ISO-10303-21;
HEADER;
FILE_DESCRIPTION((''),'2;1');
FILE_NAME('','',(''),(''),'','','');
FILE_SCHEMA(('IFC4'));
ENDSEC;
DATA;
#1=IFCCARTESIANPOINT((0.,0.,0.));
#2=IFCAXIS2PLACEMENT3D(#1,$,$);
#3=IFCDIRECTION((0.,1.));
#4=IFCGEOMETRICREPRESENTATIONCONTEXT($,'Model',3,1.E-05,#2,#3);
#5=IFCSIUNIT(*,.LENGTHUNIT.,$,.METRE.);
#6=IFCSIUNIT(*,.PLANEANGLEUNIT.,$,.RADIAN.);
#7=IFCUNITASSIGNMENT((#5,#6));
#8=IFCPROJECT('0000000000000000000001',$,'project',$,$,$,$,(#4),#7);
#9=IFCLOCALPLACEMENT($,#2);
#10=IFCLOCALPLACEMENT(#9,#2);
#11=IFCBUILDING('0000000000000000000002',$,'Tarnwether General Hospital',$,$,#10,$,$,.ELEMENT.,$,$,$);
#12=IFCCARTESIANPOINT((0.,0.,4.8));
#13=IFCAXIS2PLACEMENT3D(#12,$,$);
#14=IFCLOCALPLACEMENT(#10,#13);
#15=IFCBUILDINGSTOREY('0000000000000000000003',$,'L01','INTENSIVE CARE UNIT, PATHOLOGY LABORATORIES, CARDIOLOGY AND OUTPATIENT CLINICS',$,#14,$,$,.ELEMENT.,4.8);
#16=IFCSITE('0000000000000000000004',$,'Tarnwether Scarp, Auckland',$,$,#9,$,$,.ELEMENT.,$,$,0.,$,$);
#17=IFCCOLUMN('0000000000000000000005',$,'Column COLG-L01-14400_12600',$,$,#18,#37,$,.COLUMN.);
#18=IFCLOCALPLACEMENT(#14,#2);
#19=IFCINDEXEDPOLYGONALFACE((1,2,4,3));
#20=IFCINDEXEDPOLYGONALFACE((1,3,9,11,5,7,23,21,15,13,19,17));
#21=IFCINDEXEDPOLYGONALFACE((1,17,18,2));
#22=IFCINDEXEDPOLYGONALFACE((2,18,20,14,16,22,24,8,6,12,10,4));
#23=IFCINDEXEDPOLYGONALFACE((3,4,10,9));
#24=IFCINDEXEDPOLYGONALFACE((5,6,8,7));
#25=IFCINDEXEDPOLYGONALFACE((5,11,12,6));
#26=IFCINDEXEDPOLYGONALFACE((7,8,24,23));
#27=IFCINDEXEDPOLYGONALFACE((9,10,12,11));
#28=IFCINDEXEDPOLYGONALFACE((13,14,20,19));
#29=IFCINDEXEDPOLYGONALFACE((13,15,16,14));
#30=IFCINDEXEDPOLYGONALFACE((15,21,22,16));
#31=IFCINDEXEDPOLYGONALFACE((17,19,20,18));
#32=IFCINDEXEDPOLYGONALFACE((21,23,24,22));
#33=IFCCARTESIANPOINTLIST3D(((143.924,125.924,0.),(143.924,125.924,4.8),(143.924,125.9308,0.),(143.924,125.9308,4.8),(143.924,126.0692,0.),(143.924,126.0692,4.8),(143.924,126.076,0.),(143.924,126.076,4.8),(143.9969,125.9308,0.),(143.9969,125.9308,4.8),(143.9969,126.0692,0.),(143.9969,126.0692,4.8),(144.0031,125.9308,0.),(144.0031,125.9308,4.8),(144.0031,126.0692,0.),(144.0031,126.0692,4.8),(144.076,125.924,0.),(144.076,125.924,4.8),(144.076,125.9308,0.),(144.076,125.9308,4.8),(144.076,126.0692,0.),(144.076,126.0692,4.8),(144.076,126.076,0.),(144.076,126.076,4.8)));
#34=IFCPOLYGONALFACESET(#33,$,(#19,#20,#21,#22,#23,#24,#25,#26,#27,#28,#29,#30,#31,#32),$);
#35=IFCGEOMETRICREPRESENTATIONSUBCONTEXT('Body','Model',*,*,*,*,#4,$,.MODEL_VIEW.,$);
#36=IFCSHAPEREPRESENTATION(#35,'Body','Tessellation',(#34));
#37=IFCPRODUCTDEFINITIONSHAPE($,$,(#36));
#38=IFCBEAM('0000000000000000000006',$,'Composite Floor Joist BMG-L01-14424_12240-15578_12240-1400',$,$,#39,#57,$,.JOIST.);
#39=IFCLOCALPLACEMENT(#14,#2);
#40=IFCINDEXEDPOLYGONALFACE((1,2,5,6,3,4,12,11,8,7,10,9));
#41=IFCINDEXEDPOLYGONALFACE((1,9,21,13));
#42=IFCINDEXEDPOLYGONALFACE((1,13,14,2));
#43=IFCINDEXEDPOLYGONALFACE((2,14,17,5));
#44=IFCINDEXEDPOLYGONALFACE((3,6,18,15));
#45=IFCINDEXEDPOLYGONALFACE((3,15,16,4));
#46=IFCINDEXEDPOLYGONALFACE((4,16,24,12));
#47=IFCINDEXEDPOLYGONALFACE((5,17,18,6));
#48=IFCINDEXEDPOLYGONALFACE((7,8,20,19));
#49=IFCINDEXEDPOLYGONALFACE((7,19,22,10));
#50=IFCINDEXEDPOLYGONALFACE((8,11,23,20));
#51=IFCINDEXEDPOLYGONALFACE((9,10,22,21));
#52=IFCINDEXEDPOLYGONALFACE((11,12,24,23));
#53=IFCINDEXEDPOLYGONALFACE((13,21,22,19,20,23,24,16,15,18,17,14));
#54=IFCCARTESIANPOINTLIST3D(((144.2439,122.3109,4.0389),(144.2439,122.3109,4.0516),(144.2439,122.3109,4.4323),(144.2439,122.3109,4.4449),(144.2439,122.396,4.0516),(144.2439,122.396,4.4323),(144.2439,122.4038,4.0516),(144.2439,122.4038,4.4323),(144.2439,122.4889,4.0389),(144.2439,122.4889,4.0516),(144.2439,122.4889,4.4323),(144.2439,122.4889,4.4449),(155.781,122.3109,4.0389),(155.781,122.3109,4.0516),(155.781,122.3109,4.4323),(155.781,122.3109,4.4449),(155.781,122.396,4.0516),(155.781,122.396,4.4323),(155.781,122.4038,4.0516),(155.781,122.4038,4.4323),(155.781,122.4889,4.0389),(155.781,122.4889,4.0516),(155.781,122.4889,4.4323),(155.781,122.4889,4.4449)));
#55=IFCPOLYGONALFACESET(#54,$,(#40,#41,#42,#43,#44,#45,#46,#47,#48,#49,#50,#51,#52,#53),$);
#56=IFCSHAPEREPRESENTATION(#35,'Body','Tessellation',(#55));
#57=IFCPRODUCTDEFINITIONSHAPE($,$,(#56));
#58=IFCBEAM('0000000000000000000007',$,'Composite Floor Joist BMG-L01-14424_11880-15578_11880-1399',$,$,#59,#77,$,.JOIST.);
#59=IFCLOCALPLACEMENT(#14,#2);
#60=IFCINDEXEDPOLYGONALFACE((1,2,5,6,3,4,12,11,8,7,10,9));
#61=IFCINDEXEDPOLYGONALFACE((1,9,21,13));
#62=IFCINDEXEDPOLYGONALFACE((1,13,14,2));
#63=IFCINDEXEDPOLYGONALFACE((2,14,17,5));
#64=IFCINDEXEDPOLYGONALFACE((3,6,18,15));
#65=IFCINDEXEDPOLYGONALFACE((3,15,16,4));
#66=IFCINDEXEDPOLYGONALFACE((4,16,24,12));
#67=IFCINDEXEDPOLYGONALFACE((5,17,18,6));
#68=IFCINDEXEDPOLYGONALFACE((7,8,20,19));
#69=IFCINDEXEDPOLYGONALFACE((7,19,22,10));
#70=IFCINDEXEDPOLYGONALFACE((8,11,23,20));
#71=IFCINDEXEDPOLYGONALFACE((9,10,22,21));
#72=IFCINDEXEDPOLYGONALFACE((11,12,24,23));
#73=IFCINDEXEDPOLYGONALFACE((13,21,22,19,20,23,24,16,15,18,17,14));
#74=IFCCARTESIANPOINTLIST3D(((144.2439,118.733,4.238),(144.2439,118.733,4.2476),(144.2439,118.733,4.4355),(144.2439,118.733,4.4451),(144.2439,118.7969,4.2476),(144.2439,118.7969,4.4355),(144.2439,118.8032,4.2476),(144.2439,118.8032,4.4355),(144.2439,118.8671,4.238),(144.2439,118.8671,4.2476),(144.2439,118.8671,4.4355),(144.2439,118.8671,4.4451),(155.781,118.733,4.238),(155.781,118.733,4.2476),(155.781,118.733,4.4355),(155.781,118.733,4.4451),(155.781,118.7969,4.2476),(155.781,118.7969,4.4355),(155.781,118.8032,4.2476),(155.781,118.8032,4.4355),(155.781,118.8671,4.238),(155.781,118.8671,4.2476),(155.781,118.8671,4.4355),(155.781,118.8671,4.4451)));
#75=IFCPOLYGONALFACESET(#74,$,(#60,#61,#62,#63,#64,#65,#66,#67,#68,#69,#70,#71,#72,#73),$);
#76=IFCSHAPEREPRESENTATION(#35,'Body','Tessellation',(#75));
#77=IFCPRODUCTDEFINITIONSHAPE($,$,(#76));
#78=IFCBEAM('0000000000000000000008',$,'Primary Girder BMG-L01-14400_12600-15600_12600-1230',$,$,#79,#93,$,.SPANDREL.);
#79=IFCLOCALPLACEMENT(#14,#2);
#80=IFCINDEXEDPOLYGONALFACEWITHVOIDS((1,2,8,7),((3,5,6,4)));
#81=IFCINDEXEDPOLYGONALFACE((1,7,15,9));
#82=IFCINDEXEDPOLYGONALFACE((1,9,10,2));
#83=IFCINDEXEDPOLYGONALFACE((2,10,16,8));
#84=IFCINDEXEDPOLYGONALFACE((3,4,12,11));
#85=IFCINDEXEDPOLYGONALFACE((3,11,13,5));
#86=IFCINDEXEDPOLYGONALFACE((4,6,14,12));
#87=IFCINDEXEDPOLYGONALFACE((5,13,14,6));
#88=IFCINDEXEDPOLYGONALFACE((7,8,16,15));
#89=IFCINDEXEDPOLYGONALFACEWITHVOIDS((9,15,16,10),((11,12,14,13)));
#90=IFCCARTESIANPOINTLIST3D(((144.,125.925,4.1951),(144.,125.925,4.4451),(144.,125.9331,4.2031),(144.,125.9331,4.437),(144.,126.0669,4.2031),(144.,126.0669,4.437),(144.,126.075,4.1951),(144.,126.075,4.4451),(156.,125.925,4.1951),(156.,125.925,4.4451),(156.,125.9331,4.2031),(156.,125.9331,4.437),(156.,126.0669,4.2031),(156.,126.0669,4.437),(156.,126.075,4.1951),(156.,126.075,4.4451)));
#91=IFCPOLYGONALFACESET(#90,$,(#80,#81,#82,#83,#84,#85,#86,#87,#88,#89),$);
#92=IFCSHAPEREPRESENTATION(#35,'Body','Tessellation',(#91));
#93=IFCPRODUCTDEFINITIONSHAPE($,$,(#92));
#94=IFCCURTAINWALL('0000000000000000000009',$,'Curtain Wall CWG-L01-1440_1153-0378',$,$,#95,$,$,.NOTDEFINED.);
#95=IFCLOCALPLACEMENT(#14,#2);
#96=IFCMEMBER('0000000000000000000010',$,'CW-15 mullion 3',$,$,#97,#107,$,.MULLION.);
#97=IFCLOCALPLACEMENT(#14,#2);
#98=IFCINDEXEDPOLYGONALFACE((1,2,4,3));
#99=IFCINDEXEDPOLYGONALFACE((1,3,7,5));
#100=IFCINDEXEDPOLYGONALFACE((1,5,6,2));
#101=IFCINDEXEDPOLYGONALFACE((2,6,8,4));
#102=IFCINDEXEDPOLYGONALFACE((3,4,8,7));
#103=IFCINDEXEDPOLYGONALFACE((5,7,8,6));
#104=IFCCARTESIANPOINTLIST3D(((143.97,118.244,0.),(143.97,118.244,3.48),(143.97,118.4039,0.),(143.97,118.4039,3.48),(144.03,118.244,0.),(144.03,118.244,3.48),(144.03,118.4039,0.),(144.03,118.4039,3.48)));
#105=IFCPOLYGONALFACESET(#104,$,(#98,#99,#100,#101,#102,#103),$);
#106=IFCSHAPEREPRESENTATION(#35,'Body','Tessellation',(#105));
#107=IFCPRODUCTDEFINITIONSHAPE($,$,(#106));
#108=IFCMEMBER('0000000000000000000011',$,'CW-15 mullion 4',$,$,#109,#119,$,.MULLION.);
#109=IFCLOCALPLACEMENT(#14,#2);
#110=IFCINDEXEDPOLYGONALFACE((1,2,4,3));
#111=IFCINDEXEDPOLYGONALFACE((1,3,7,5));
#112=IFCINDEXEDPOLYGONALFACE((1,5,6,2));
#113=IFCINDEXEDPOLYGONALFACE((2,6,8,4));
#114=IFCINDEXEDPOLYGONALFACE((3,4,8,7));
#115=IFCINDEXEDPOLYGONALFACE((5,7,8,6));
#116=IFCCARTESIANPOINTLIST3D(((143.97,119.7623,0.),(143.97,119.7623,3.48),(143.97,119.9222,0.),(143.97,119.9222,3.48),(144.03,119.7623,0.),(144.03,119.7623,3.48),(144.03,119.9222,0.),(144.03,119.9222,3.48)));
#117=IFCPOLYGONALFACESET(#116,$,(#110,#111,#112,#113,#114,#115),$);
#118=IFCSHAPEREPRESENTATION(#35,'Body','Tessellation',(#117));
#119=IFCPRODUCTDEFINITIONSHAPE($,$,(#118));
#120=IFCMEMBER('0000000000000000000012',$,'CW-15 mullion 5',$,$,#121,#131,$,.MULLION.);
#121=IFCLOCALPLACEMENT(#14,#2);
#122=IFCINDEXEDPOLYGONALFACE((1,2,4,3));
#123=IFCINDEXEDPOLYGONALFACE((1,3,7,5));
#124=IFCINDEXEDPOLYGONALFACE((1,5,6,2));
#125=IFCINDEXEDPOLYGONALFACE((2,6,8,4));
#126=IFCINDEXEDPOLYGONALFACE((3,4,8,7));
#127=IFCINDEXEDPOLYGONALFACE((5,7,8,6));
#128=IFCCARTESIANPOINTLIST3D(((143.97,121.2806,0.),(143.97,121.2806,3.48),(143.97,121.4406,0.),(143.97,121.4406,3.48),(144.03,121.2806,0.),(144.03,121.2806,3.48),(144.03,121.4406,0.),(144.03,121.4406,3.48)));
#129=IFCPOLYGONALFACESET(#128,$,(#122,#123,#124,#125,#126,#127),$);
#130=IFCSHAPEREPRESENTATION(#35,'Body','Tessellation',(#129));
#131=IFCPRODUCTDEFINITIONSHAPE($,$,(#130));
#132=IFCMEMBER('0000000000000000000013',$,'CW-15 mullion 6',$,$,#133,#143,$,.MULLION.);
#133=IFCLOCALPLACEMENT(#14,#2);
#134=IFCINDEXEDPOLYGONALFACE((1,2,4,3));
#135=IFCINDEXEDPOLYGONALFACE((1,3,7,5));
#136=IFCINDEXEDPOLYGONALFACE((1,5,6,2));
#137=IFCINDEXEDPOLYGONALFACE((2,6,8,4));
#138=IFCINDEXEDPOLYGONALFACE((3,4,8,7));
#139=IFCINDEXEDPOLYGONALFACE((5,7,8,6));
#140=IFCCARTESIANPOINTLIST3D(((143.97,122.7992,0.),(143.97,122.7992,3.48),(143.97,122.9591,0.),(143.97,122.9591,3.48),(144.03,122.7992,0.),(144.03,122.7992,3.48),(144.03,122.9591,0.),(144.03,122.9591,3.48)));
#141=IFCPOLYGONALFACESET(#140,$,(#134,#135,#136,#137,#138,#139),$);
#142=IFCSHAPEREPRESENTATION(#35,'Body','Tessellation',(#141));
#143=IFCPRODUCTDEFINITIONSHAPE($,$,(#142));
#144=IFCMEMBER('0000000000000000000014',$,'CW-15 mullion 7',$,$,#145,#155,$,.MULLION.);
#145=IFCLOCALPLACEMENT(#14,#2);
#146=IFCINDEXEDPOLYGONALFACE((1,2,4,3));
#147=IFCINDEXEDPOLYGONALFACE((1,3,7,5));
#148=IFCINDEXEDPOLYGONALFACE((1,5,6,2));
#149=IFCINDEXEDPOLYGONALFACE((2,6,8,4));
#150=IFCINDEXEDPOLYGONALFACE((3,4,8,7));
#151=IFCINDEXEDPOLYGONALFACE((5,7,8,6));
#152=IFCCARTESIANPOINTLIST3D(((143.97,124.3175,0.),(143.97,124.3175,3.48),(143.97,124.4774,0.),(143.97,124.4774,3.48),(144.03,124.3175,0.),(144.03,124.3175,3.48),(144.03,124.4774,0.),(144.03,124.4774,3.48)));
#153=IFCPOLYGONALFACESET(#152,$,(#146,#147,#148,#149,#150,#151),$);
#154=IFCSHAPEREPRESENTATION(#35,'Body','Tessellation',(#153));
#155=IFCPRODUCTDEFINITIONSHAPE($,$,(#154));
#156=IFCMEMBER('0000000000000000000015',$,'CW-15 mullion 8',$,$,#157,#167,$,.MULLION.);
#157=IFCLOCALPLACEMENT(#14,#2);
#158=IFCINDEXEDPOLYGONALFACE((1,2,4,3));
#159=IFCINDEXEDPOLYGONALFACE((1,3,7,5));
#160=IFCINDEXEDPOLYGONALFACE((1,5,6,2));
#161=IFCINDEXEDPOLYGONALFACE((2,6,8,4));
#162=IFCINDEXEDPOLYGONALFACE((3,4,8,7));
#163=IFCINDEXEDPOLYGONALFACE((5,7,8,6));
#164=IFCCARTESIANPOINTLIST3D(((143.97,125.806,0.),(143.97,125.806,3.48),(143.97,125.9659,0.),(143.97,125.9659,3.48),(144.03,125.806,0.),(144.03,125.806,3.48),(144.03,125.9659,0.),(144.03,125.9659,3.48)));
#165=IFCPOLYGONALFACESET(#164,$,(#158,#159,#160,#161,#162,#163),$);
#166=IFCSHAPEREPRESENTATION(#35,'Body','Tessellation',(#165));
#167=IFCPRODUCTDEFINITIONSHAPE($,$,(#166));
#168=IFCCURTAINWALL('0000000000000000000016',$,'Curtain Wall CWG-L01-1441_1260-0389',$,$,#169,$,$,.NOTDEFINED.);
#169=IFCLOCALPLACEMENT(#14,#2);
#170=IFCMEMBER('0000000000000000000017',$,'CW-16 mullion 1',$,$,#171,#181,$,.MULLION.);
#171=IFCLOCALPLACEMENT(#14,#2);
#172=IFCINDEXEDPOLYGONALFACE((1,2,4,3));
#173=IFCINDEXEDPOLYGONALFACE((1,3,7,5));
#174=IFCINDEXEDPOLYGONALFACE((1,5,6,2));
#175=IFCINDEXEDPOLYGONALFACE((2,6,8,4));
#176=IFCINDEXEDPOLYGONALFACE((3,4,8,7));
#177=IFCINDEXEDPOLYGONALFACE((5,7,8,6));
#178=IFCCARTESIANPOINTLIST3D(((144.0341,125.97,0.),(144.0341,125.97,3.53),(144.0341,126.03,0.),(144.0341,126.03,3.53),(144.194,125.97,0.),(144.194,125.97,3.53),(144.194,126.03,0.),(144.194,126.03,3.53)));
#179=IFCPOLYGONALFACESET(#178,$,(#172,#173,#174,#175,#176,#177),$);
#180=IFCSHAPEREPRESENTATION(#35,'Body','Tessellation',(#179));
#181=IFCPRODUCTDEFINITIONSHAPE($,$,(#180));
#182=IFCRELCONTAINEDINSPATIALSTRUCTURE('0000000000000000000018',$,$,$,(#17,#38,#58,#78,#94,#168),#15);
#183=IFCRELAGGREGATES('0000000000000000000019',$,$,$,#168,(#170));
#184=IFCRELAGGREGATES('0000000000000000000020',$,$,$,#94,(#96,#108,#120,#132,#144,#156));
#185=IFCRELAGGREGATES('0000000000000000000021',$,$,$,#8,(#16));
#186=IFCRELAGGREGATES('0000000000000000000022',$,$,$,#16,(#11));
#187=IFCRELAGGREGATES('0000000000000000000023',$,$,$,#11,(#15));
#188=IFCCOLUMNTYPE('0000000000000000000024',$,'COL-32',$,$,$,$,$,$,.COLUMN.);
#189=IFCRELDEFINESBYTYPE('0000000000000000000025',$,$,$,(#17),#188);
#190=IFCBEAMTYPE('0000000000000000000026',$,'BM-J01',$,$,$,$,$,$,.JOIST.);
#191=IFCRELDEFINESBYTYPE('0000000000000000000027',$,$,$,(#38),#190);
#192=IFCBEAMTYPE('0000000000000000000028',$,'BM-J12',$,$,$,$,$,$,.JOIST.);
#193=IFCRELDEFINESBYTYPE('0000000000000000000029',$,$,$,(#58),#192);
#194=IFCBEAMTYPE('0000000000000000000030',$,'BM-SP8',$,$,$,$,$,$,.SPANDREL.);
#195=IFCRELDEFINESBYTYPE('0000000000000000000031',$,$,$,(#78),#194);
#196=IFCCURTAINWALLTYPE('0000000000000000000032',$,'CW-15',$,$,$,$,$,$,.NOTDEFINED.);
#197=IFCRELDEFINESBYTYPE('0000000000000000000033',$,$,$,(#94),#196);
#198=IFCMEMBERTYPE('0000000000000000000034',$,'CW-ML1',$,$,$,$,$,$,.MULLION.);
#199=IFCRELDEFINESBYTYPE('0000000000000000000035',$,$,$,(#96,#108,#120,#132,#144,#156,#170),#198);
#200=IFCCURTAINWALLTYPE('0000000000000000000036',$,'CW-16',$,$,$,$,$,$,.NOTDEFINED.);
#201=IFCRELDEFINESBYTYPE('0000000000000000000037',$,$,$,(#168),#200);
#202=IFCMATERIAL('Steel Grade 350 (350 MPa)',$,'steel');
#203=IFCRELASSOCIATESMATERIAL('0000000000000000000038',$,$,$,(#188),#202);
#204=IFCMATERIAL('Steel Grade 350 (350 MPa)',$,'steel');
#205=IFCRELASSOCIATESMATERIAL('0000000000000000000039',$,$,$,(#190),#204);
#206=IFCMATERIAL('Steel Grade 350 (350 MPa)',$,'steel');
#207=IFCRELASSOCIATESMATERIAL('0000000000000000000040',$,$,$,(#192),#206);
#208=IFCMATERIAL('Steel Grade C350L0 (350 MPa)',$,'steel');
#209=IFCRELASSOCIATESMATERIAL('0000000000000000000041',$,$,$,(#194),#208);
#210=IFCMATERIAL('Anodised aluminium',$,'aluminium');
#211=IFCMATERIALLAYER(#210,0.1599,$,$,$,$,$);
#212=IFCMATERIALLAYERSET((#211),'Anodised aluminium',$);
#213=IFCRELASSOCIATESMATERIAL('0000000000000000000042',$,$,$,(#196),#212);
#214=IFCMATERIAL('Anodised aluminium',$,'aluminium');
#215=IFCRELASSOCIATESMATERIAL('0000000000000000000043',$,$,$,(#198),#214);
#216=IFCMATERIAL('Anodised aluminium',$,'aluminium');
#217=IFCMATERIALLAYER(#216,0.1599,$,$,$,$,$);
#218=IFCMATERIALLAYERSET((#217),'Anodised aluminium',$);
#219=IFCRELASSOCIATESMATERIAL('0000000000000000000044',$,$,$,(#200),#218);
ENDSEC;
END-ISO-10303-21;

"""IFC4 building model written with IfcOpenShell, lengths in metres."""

from ifc_helpers import new_model, si_unit, direction, frame, origin, origin_2d, place, context, subcontext, project, spatial, rectangle, hollow_rectangle, i_section, extrude, material, layer, layer_set, material_profile, profile_set, type_object, element, aggregate, save


model = new_model("IFC4")

# Units and contexts
model_context = context("Model", 3, precision=1e-05, world=origin(), true_north=direction((0.0, 1.0)))
body_context = subcontext(model_context, "Body", "Model", "MODEL_VIEW")
ifc_project = project(units=[si_unit("LENGTHUNIT", "METRE"), si_unit("PLANEANGLEUNIT", "RADIAN")], contexts=[model_context])

# Site, building, storey
site_placement = place(None, origin())
site = spatial("IfcSite", under=ifc_project, at=site_placement, Name="Tarnwether Scarp, Auckland", CompositionType="ELEMENT", RefElevation=0.0)
building_placement = place(site_placement, origin())
building = spatial("IfcBuilding", under=site, at=building_placement, Name="Tarnwether General Hospital", CompositionType="ELEMENT")
storey_placement = place(building_placement, frame((0.0, 0.0, 4.8)))
storey = spatial("IfcBuildingStorey", under=building, at=storey_placement, Name="L01", Description="INTENSIVE CARE UNIT, PATHOLOGY LABORATORIES, CARDIOLOGY AND OUTPATIENT CLINICS", CompositionType="ELEMENT", Elevation=4.8)

# Column
ifc_material_1 = material(Name="Steel Grade 350 (350 MPa)", Category="steel")
ifc_material_profile_1 = material_profile(ifc_material_1, i_section(OverallWidth=0.1521, OverallDepth=0.1521, WebThickness=0.0061, FlangeThickness=0.0068, at=origin_2d()), Name="150UC23.4")
ifc_profile_set_1 = profile_set([ifc_material_profile_1], Name="Steel Grade 350 (350 MPa)")
column_type = type_object("IfcColumnType", Name="COL-32", PredefinedType="COLUMN", material=ifc_profile_set_1)
column_placement = place(storey_placement, frame((144.0, 126.0, 0.0), z_axis=(0.0, 0.0, 1.0), x_axis=(1.0, 0.0, 0.0)))
element("IfcColumn", 1, at=column_placement, inside=storey, type_object=column_type, Name="Column COLG-L01-14400_12600", PredefinedType="COLUMN", context=body_context, shape_type="SweptSolid", body=[
    extrude(i_section(OverallWidth=0.1521, OverallDepth=0.1521, WebThickness=0.0061, FlangeThickness=0.0068, at=origin_2d()), origin(), (0.0, 0.0, 1.0), 4.8),
])

# Beams
ifc_material_2 = material(Name="Steel Grade 350 (350 MPa)", Category="steel")
ifc_material_profile_2 = material_profile(ifc_material_2, i_section(OverallWidth=0.178, OverallDepth=0.406, WebThickness=0.0078, FlangeThickness=0.0127, at=origin_2d()), Name="410UB59.7")
ifc_profile_set_2 = profile_set([ifc_material_profile_2], Name="Steel Grade 350 (350 MPa)")
beam_type_1 = type_object("IfcBeamType", Name="BM-J01", PredefinedType="JOIST", material=ifc_profile_set_2)
beam_1_placement = place(storey_placement, frame((144.2439, 122.3999, 4.2419), z_axis=(1.0, 0.0, 0.0), x_axis=(0.0, 1.0, 0.0)))
element("IfcBeam", 2, at=beam_1_placement, inside=storey, type_object=beam_type_1, Name="Composite Floor Joist BMG-L01-14424_12240-15578_12240-1400", PredefinedType="JOIST", context=body_context, shape_type="SweptSolid", body=[
    extrude(i_section(OverallWidth=0.178, OverallDepth=0.406, WebThickness=0.0078, FlangeThickness=0.0127, at=origin_2d()), origin(), (0.0, 0.0, 1.0), 11.5371),
])
ifc_material_3 = material(Name="Steel Grade 350 (350 MPa)", Category="steel")
ifc_material_profile_3 = material_profile(ifc_material_3, i_section(OverallWidth=0.134, OverallDepth=0.207, WebThickness=0.0063, FlangeThickness=0.0095, at=origin_2d()), Name="200UB29.8")
ifc_profile_set_3 = profile_set([ifc_material_profile_3], Name="Steel Grade 350 (350 MPa)")
beam_type_2 = type_object("IfcBeamType", Name="BM-J12", PredefinedType="JOIST", material=ifc_profile_set_3)
beam_2_placement = place(storey_placement, frame((144.2439, 118.8, 4.3416), z_axis=(1.0, 0.0, 0.0), x_axis=(0.0, 1.0, 0.0)))
element("IfcBeam", 3, at=beam_2_placement, inside=storey, type_object=beam_type_2, Name="Composite Floor Joist BMG-L01-14424_11880-15578_11880-1399", PredefinedType="JOIST", context=body_context, shape_type="SweptSolid", body=[
    extrude(i_section(OverallWidth=0.134, OverallDepth=0.207, WebThickness=0.0063, FlangeThickness=0.0095, at=origin_2d()), origin(), (0.0, 0.0, 1.0), 11.5371),
])
ifc_material_4 = material(Name="Steel Grade C350L0 (350 MPa)", Category="steel")
ifc_material_profile_4 = material_profile(ifc_material_4, hollow_rectangle(XDim=0.1499, YDim=0.25, WallThickness=0.0081, at=origin_2d()), Name="RHS250x150x8")
ifc_profile_set_4 = profile_set([ifc_material_profile_4], Name="Steel Grade C350L0 (350 MPa)")
beam_type_3 = type_object("IfcBeamType", Name="BM-SP8", PredefinedType="SPANDREL", material=ifc_profile_set_4)
beam_3_placement = place(storey_placement, frame((144.0, 126.0, 4.3201), z_axis=(1.0, 0.0, 0.0), x_axis=(0.0, 1.0, 0.0)))
element("IfcBeam", 4, at=beam_3_placement, inside=storey, type_object=beam_type_3, Name="Primary Girder BMG-L01-14400_12600-15600_12600-1230", PredefinedType="SPANDREL", context=body_context, shape_type="SweptSolid", body=[
    extrude(hollow_rectangle(XDim=0.1499, YDim=0.25, WallThickness=0.0081, at=origin_2d()), origin(), (0.0, 0.0, 1.0), 12.0),
])

# Curtain wall, members
ifc_material_5 = material(Name="Anodised aluminium", Category="aluminium")
ifc_layer_1 = layer(ifc_material_5, 0.1599)
ifc_layer_set_1 = layer_set([ifc_layer_1], Name="Anodised aluminium")
curtain_wall_type_1 = type_object("IfcCurtainWallType", Name="CW-15", PredefinedType="NOTDEFINED", material=ifc_layer_set_1)
curtain_wall_1_placement = place(storey_placement, origin())
curtain_wall_1 = element("IfcCurtainWall", 5, at=curtain_wall_1_placement, inside=storey, type_object=curtain_wall_type_1, Name="Curtain Wall CWG-L01-1440_1153-0378", PredefinedType="NOTDEFINED")
ifc_material_6 = material(Name="Anodised aluminium", Category="aluminium")
ifc_material_profile_5 = material_profile(ifc_material_6, rectangle(XDim=0.0601, YDim=0.1599, at=origin_2d()), Name="ALU-MUL-60x160")
ifc_profile_set_5 = profile_set([ifc_material_profile_5], Name="Anodised aluminium")
member_type_1 = type_object("IfcMemberType", Name="CW-ML1", PredefinedType="MULLION", material=ifc_profile_set_5)
member_1_placement = place(storey_placement, frame((144.0, 118.324, 0.0), z_axis=(0.0, 0.0, 1.0), x_axis=(-1.0, 0.0, 0.0)))
member_1 = element("IfcMember", 6, at=member_1_placement, type_object=member_type_1, Name="CW-15 mullion 3", PredefinedType="MULLION", context=body_context, shape_type="SweptSolid", body=[
    extrude(rectangle(XDim=0.0601, YDim=0.1599, at=origin_2d()), origin(), (0.0, 0.0, 1.0), 3.48),
])
member_2_placement = place(storey_placement, frame((144.0, 119.8423, 0.0), z_axis=(0.0, 0.0, 1.0), x_axis=(-1.0, 0.0, 0.0)))
member_2 = element("IfcMember", 7, at=member_2_placement, type_object=member_type_1, Name="CW-15 mullion 4", PredefinedType="MULLION", context=body_context, shape_type="SweptSolid", body=[
    extrude(rectangle(XDim=0.0601, YDim=0.1599, at=origin_2d()), origin(), (0.0, 0.0, 1.0), 3.48),
])
member_3_placement = place(storey_placement, frame((144.0, 121.3606, 0.0), z_axis=(0.0, 0.0, 1.0), x_axis=(-1.0, 0.0, 0.0)))
member_3 = element("IfcMember", 8, at=member_3_placement, type_object=member_type_1, Name="CW-15 mullion 5", PredefinedType="MULLION", context=body_context, shape_type="SweptSolid", body=[
    extrude(rectangle(XDim=0.0601, YDim=0.1599, at=origin_2d()), origin(), (0.0, 0.0, 1.0), 3.48),
])
member_4_placement = place(storey_placement, frame((144.0, 122.8792, 0.0), z_axis=(0.0, 0.0, 1.0), x_axis=(-1.0, 0.0, 0.0)))
member_4 = element("IfcMember", 9, at=member_4_placement, type_object=member_type_1, Name="CW-15 mullion 6", PredefinedType="MULLION", context=body_context, shape_type="SweptSolid", body=[
    extrude(rectangle(XDim=0.0601, YDim=0.1599, at=origin_2d()), origin(), (0.0, 0.0, 1.0), 3.48),
])
member_5_placement = place(storey_placement, frame((144.0, 124.3975, 0.0), z_axis=(0.0, 0.0, 1.0), x_axis=(-1.0, 0.0, 0.0)))
member_5 = element("IfcMember", 10, at=member_5_placement, type_object=member_type_1, Name="CW-15 mullion 7", PredefinedType="MULLION", context=body_context, shape_type="SweptSolid", body=[
    extrude(rectangle(XDim=0.0601, YDim=0.1599, at=origin_2d()), origin(), (0.0, 0.0, 1.0), 3.48),
])
member_6_placement = place(storey_placement, frame((144.0, 125.886, 0.0), z_axis=(0.0, 0.0, 1.0), x_axis=(-1.0, 0.0, 0.0)))
member_6 = element("IfcMember", 11, at=member_6_placement, type_object=member_type_1, Name="CW-15 mullion 8", PredefinedType="MULLION", context=body_context, shape_type="SweptSolid", body=[
    extrude(rectangle(XDim=0.0601, YDim=0.1599, at=origin_2d()), origin(), (0.0, 0.0, 1.0), 3.48),
])

# Curtain wall, member
ifc_material_7 = material(Name="Anodised aluminium", Category="aluminium")
ifc_layer_2 = layer(ifc_material_7, 0.1599)
ifc_layer_set_2 = layer_set([ifc_layer_2], Name="Anodised aluminium")
curtain_wall_type_2 = type_object("IfcCurtainWallType", Name="CW-16", PredefinedType="NOTDEFINED", material=ifc_layer_set_2)
curtain_wall_2_placement = place(storey_placement, origin())
curtain_wall_2 = element("IfcCurtainWall", 12, at=curtain_wall_2_placement, inside=storey, type_object=curtain_wall_type_2, Name="Curtain Wall CWG-L01-1441_1260-0389", PredefinedType="NOTDEFINED")
member_7_placement = place(storey_placement, frame((144.114, 126.0, 0.0), z_axis=(0.0, 0.0, 1.0), x_axis=(0.0, 1.0, 0.0)))
member_7 = element("IfcMember", 13, at=member_7_placement, type_object=member_type_1, Name="CW-16 mullion 1", PredefinedType="MULLION", context=body_context, shape_type="SweptSolid", body=[
    extrude(rectangle(XDim=0.0601, YDim=0.1599, at=origin_2d()), origin(), (0.0, 0.0, 1.0), 3.53),
])

aggregate(curtain_wall_2, [member_7])

aggregate(curtain_wall_1, [member_1, member_2, member_3, member_4, member_5, member_6])

save(model, "model.ifc")
